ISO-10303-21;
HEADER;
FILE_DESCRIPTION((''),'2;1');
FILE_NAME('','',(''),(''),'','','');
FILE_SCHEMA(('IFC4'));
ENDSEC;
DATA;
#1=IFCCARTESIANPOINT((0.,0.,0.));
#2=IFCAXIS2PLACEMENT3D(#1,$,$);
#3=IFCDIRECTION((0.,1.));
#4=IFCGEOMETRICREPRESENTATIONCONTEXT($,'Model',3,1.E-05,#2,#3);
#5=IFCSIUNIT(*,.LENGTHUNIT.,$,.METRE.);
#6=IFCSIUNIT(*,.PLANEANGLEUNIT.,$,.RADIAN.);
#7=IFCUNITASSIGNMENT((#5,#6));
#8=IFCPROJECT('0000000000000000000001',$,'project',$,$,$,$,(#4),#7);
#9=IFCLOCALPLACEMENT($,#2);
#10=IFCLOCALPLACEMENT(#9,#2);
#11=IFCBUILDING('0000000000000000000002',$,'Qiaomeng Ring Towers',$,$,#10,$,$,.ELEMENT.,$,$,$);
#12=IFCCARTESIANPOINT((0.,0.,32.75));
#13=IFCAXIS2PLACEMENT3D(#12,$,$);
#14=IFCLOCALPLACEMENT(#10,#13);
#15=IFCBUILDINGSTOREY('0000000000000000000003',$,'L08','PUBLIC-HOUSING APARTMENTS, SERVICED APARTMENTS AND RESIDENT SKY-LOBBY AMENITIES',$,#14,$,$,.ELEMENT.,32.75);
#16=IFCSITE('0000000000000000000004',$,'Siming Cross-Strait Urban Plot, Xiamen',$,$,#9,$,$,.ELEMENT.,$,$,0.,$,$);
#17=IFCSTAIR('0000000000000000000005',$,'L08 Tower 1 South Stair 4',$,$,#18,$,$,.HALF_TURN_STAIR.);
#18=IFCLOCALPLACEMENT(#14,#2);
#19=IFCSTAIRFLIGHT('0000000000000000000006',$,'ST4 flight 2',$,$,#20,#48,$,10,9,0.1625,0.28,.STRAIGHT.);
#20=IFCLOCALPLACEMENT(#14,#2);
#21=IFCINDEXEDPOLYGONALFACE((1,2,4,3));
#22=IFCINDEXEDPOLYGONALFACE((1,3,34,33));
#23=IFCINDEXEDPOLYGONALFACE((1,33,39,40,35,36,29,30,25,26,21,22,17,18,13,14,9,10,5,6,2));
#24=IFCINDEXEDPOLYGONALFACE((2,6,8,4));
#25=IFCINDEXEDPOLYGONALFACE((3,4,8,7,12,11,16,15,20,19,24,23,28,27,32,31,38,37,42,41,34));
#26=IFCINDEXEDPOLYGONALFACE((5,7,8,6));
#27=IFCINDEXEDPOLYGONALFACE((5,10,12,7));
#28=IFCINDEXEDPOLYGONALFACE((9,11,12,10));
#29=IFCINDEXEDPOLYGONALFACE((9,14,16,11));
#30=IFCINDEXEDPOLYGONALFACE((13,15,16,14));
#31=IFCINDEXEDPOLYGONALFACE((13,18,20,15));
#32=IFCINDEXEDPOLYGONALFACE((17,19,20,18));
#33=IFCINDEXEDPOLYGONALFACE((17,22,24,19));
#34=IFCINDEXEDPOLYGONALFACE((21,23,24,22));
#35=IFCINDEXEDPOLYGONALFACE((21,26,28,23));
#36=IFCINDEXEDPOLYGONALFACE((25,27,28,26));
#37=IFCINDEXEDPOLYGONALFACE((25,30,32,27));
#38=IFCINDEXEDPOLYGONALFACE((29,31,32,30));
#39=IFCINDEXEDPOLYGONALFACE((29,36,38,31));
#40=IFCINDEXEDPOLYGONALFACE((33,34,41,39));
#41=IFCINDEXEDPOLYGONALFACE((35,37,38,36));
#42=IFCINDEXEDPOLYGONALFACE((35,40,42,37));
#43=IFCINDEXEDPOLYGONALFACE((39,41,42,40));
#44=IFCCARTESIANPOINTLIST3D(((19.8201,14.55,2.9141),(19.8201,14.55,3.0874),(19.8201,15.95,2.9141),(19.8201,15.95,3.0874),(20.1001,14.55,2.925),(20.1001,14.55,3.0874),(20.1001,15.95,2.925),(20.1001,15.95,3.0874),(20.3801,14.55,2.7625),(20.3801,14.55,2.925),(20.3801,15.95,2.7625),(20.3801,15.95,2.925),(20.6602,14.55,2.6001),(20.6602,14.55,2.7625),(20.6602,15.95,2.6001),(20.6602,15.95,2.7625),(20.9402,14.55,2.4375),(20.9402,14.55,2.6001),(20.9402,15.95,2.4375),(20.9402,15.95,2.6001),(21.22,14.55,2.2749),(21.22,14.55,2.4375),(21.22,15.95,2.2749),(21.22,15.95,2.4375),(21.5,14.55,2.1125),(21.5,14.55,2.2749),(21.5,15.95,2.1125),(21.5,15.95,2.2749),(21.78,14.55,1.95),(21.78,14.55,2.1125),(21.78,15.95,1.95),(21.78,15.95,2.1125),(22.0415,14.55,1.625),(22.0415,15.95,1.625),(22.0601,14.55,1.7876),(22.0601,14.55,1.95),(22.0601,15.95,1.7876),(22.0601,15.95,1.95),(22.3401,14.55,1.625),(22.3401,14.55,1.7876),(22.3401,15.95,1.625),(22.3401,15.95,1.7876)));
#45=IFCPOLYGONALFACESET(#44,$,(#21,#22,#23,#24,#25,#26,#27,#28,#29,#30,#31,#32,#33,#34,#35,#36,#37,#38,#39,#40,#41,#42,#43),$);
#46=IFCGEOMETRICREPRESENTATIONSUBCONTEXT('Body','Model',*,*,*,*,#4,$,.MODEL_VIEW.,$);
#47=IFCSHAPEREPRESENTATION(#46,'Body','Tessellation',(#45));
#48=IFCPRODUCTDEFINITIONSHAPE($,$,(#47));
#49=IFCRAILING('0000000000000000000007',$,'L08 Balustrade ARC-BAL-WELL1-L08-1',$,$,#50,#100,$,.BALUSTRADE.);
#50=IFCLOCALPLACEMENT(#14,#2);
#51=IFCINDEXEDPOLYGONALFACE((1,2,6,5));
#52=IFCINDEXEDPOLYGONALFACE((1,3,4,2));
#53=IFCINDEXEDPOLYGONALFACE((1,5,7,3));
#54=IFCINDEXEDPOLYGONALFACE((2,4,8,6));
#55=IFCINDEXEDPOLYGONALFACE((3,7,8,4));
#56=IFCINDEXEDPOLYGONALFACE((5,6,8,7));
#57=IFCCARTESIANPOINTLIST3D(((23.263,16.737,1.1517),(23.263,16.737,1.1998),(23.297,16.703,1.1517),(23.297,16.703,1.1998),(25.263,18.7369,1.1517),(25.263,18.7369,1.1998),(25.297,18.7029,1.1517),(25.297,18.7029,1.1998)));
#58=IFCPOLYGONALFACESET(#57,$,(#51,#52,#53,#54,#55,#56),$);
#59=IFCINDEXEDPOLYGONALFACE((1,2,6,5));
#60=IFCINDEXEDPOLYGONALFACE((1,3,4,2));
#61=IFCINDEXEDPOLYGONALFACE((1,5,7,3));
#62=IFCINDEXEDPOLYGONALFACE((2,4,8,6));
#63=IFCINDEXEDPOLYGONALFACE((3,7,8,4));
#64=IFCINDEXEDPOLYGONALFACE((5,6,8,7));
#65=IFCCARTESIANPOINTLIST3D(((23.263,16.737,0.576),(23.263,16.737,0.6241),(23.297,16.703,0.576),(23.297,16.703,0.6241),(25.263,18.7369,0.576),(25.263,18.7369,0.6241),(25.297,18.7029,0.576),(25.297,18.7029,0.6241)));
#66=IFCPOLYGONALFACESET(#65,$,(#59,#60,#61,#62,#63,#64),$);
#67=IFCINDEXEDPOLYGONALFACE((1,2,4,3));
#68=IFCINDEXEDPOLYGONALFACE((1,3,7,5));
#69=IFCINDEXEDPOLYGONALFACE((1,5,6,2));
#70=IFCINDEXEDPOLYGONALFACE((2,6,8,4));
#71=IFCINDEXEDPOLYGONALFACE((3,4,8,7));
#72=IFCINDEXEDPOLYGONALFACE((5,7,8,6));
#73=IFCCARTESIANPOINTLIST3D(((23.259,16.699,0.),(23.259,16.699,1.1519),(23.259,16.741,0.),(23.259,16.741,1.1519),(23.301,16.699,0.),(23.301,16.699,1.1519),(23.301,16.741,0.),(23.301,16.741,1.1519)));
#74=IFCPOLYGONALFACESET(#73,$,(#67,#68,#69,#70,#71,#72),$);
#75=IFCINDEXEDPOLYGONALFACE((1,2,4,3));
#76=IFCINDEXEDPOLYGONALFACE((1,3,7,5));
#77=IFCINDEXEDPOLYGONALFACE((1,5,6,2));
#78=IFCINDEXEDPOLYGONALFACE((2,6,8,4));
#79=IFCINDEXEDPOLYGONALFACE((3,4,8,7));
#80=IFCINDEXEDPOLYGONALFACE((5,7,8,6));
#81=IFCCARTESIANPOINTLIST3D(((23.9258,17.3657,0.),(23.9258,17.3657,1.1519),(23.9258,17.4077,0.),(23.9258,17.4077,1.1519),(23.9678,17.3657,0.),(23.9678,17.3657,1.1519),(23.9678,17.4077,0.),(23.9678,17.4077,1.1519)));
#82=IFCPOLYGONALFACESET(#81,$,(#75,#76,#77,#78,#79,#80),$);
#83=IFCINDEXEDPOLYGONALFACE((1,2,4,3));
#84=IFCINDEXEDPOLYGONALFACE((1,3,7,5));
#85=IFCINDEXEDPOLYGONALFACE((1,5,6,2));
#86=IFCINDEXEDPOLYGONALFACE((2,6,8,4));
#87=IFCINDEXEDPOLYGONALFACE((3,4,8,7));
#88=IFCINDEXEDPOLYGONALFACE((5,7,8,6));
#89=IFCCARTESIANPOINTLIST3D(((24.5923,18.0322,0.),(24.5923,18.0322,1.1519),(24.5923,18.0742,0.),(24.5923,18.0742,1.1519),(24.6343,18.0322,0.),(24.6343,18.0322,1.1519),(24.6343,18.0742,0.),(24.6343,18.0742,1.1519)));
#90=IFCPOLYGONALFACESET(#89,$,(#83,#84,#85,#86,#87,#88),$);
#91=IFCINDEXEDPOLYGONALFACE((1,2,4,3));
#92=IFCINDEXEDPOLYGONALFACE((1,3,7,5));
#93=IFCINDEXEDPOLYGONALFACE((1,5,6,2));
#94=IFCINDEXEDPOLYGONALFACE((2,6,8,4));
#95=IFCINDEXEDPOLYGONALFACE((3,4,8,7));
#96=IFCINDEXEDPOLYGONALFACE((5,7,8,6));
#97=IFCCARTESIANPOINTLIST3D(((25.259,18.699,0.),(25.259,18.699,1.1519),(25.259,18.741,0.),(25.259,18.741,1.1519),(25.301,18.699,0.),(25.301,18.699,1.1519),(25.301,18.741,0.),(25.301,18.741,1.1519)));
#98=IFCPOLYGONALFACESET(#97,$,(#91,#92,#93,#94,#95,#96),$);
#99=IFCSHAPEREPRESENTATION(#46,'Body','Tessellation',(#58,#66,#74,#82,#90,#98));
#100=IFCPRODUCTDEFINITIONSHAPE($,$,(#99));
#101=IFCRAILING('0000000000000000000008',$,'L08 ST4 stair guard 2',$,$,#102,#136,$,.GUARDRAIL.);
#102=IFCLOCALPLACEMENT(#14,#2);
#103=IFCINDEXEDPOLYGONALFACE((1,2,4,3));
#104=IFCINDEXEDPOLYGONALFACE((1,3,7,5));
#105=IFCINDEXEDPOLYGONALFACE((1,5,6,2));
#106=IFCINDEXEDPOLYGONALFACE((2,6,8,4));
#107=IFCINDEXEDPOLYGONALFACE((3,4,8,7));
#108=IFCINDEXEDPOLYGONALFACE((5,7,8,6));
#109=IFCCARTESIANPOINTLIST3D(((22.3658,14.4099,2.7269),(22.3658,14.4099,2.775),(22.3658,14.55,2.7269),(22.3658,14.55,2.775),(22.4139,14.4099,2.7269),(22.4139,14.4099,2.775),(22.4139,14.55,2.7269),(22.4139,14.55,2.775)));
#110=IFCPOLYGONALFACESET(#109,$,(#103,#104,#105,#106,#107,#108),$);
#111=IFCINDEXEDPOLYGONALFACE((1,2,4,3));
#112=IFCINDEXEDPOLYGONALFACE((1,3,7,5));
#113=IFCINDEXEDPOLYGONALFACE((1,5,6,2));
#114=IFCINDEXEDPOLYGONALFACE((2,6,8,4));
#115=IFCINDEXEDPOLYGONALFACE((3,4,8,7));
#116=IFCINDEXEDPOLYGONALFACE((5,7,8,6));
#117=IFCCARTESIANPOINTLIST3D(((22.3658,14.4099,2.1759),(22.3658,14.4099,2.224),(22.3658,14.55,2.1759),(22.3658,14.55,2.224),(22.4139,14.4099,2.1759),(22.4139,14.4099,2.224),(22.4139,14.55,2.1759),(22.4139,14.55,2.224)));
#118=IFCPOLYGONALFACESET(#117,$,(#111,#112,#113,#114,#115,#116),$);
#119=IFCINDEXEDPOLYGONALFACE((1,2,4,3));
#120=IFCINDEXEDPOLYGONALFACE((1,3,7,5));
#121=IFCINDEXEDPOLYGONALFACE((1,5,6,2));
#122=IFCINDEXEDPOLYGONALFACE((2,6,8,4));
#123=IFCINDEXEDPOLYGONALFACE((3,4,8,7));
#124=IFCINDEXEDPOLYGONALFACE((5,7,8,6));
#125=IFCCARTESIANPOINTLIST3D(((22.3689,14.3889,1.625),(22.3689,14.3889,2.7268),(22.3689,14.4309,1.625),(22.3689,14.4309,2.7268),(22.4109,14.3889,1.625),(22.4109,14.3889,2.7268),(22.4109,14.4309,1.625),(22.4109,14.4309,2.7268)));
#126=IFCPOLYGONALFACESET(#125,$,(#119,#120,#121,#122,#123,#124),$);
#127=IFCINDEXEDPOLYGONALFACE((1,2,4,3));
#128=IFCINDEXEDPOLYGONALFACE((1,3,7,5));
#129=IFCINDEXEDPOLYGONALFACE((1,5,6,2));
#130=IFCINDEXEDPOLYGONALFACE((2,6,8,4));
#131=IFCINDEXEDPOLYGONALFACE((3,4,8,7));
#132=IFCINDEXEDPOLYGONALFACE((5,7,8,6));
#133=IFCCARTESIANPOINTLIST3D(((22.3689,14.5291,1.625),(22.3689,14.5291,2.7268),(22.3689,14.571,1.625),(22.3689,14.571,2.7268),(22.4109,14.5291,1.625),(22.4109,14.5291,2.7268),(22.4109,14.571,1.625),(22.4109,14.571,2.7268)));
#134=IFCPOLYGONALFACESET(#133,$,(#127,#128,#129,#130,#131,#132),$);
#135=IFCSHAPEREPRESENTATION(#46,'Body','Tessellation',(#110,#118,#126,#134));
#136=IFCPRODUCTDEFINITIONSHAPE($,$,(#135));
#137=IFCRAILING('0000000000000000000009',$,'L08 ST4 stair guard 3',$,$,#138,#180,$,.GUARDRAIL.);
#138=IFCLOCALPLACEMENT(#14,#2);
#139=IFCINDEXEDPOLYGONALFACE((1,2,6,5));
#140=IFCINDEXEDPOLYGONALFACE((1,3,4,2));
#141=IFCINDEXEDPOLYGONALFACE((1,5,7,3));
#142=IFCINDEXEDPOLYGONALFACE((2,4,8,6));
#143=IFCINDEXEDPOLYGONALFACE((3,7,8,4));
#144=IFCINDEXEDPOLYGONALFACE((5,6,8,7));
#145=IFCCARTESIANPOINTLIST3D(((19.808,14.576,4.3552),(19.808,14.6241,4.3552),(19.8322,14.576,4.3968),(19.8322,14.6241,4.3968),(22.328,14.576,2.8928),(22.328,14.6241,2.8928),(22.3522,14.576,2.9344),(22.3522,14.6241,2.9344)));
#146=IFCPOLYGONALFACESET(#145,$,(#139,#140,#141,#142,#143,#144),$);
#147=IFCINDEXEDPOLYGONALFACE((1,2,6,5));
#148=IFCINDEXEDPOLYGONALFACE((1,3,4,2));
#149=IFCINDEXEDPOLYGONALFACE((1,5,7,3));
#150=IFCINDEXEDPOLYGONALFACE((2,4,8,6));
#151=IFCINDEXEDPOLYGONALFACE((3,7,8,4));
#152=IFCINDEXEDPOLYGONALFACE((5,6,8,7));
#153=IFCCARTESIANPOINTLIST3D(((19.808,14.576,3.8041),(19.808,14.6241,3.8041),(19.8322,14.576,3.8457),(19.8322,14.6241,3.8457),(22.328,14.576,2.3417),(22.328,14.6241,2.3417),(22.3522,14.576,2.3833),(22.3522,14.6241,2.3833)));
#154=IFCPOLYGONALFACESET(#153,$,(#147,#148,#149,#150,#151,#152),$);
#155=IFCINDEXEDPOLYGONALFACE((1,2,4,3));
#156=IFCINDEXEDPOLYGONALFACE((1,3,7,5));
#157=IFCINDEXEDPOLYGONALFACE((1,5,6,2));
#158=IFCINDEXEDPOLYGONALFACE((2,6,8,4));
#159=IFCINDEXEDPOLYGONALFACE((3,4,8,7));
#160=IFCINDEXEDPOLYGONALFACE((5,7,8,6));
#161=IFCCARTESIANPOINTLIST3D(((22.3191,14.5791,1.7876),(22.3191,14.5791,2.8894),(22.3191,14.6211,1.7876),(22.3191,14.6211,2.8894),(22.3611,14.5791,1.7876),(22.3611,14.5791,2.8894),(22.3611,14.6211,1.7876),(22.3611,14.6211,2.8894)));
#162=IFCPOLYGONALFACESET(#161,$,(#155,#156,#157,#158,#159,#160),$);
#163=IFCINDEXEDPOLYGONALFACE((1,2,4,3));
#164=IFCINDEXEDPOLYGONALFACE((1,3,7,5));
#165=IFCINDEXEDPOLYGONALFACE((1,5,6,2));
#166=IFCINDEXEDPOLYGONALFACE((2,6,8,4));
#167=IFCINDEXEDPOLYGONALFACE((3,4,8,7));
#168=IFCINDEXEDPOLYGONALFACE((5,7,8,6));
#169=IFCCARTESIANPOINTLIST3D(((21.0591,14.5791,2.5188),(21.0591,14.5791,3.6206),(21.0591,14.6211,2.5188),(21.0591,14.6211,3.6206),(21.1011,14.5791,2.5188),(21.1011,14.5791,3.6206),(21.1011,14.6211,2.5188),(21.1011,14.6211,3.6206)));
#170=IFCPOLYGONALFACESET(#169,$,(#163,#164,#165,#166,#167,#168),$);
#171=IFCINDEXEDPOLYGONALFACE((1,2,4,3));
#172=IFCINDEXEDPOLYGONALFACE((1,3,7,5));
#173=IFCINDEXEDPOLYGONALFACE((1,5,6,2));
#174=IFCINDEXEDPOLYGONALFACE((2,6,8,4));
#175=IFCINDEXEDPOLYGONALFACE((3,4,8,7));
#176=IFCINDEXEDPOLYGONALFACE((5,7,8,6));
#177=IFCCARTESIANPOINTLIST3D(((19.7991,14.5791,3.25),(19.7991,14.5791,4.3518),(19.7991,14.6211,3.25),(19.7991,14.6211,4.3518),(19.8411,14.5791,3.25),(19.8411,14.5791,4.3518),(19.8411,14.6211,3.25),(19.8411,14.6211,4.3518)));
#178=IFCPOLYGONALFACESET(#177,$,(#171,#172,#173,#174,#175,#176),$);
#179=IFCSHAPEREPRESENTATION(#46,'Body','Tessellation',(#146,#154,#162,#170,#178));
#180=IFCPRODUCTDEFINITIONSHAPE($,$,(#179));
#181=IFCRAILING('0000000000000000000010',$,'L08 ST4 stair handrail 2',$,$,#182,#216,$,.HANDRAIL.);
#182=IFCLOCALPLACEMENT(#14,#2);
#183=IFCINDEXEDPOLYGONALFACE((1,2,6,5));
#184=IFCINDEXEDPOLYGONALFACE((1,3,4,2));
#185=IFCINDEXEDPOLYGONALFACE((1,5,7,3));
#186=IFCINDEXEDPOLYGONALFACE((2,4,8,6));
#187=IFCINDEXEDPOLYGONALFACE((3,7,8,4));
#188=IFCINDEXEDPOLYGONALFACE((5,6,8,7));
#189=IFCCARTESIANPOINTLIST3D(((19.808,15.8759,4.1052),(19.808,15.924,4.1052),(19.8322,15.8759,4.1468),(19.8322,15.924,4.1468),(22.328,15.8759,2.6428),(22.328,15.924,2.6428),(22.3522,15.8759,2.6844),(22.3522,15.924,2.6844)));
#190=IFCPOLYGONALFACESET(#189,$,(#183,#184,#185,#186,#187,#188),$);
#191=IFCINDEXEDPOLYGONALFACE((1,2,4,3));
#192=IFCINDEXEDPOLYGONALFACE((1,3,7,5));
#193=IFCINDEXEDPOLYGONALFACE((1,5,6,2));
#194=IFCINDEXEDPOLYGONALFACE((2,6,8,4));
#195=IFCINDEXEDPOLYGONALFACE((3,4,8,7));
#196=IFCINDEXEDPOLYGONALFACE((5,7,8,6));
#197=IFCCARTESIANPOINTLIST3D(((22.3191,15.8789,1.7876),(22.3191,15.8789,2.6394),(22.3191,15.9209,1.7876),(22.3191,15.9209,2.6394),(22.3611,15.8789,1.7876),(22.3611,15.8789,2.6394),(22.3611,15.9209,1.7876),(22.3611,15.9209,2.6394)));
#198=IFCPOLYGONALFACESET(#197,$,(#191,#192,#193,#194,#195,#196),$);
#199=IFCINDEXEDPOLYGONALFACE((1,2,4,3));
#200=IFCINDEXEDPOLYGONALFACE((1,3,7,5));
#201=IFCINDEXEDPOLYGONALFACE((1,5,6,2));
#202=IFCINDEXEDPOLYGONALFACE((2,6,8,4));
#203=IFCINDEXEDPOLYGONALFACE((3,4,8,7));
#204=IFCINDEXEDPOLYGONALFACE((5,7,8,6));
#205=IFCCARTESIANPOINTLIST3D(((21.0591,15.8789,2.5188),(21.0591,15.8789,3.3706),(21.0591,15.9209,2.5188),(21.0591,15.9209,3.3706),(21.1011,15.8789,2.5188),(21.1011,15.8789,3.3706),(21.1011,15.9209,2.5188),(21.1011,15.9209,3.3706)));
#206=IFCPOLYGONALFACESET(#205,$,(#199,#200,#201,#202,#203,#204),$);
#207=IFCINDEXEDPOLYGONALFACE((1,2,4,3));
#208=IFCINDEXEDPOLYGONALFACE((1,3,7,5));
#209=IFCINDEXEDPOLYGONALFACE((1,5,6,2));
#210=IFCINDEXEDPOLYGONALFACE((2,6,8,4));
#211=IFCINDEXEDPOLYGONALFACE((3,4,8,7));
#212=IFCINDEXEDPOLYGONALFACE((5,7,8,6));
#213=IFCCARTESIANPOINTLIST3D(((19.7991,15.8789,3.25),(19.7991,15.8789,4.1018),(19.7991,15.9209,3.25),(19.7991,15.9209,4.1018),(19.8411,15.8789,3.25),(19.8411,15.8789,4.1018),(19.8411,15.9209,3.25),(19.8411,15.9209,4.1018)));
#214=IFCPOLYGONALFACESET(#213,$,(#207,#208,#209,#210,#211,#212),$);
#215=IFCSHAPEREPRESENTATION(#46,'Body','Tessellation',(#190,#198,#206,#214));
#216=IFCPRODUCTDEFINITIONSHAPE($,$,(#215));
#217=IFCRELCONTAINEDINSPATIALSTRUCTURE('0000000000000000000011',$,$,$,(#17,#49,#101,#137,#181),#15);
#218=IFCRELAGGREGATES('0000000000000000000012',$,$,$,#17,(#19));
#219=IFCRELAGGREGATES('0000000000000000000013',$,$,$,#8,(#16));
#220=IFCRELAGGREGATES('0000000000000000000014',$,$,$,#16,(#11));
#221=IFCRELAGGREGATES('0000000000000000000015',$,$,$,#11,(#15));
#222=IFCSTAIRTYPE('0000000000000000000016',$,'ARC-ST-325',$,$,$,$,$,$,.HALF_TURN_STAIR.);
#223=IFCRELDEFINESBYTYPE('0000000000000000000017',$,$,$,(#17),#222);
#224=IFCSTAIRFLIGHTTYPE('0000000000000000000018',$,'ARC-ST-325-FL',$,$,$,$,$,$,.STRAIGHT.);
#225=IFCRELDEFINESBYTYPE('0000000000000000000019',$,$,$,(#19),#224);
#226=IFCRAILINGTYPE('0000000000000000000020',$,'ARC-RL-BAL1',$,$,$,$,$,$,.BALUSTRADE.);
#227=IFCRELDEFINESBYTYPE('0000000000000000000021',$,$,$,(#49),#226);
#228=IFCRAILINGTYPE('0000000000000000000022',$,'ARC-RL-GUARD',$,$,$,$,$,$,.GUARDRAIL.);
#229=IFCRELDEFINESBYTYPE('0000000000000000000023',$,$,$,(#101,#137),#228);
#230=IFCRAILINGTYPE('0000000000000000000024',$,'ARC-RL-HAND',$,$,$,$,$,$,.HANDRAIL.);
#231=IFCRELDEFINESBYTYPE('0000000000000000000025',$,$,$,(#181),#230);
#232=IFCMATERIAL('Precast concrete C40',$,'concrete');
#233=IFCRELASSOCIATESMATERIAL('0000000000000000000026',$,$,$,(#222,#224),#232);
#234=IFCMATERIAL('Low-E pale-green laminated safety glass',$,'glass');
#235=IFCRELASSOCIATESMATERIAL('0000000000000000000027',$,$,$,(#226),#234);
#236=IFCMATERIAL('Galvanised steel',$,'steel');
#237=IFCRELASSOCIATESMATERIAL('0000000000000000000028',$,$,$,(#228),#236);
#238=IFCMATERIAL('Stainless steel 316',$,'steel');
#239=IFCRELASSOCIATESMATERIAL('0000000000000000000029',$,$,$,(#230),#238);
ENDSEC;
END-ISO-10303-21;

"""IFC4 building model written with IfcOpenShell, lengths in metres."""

from ifc_helpers import new_model, si_unit, direction, frame, origin, origin_2d, place, context, subcontext, project, spatial, polyline, rectangle, outline, extrude, source, transform, mapped, material, type_object, element, aggregate, save


model = new_model("IFC4")

# Units and contexts
model_context = context("Model", 3, precision=1e-05, world=origin(), true_north=direction((0.0, 1.0)))
body_context = subcontext(model_context, "Body", "Model", "MODEL_VIEW")
ifc_project = project(units=[si_unit("LENGTHUNIT", "METRE"), si_unit("PLANEANGLEUNIT", "RADIAN")], contexts=[model_context])

# Site, building, storey
site_placement = place(None, origin())
site = spatial("IfcSite", under=ifc_project, at=site_placement, Name="Siming Cross-Strait Urban Plot, Xiamen", CompositionType="ELEMENT", RefElevation=0.0)
building_placement = place(site_placement, origin())
building = spatial("IfcBuilding", under=site, at=building_placement, Name="Qiaomeng Ring Towers", CompositionType="ELEMENT")
storey_placement = place(building_placement, frame((0.0, 0.0, 32.75)))
storey = spatial("IfcBuildingStorey", under=building, at=storey_placement, Name="L08", Description="PUBLIC-HOUSING APARTMENTS, SERVICED APARTMENTS AND RESIDENT SKY-LOBBY AMENITIES", CompositionType="ELEMENT", Elevation=32.75)

# Shared definitions
ifc_material_1 = material(Name="Galvanised steel", Category="steel")

# Shared definitions
ifc_material_2 = material(Name="Stainless steel 316", Category="steel")

# Stair, stair flight
ifc_material_3 = material(Name="Precast concrete C40", Category="concrete")
stair_type = type_object("IfcStairType", Name="ARC-ST-325", PredefinedType="HALF_TURN_STAIR", material=ifc_material_3)
stair_placement = place(storey_placement, origin())
stair = element("IfcStair", 1, at=stair_placement, inside=storey, type_object=stair_type, Name="L08 Tower 1 South Stair 4", PredefinedType="HALF_TURN_STAIR")
stair_flight_type = type_object("IfcStairFlightType", Name="ARC-ST-325-FL", PredefinedType="STRAIGHT", material=ifc_material_3)
shared_shape_1 = source(origin(), body_context, "Body", "SweptSolid", [
    extrude(outline(polyline([(0.0, 0.0), (0.0, 0.1626), (0.28, 0.1626), (0.28, 0.325), (0.5601, 0.325), (0.5601, 0.4875), (0.8401, 0.4875), (0.8401, 0.6499), (1.1201, 0.6499), (1.1201, 0.8125), (1.3999, 0.8125), (1.3999, 0.9751), (1.6799, 0.9751), (1.6799, 1.1375), (1.96, 1.1375), (1.96, 1.3), (2.24, 1.3), (2.24, 1.4624), (2.52, 1.4624), (2.52, 1.625), (2.52, 1.2891), (0.2986, 0.0), (0.0, 0.0)])), frame((0.0, 0.7, 0.0), z_axis=(0.0, -1.0, 0.0), x_axis=(1.0, 0.0, 0.0)), (0.0, 0.0, 1.0), 1.3999),
])
stair_flight_placement = place(storey_placement, frame((22.3401, 15.25, 1.625), z_axis=(0.0, 0.0, 1.0), x_axis=(-1.0, 0.0, 0.0)))
stair_flight = element("IfcStairFlight", 2, at=stair_flight_placement, type_object=stair_flight_type, Name="ST4 flight 2", NumberOfRisers=10, NumberOfTreads=9, PredefinedType="STRAIGHT", RiserHeight=0.1625, TreadLength=0.28, context=body_context, shape_type="MappedRepresentation", body=[
    mapped(shared_shape_1, transform((0.0, 0.0, 0.0), x_axis=(1.0, 0.0, 0.0), y_axis=(0.0, 1.0, 0.0), z_axis=(0.0, 0.0, 1.0), scale=1.0)),
])
aggregate(stair, [stair_flight])

# Railings
ifc_material_4 = material(Name="Low-E pale-green laminated safety glass", Category="glass")
railing_type_1 = type_object("IfcRailingType", Name="ARC-RL-BAL1", PredefinedType="BALUSTRADE", material=ifc_material_4)
railing_1_placement = place(storey_placement, frame((23.28, 16.72, 0.0)))
element("IfcRailing", 3, at=railing_1_placement, inside=storey, type_object=railing_type_1, Name="L08 Balustrade ARC-BAL-WELL1-L08-1", PredefinedType="BALUSTRADE", context=body_context, shape_type="SweptSolid", body=[
    extrude(rectangle(XDim=0.0481, YDim=0.0481, at=origin_2d()), frame((0.0, 0.0, 1.1758), z_axis=(0.707107, 0.707107, 0.0), x_axis=(-0.707107, 0.707107, 0.0)), (0.0, 0.0, 1.0), 2.8284),
    extrude(rectangle(XDim=0.0481, YDim=0.0481, at=origin_2d()), frame((0.0, 0.0, 0.6001), z_axis=(0.707107, 0.707107, 0.0), x_axis=(-0.707107, 0.707107, 0.0)), (0.0, 0.0, 1.0), 2.8284),
    extrude(rectangle(XDim=0.042, YDim=0.042, at=origin_2d()), origin(), (0.0, 0.0, 1.0), 1.1519),
    extrude(rectangle(XDim=0.042, YDim=0.042, at=origin_2d()), frame((0.6667, 0.6667, 0.0)), (0.0, 0.0, 1.0), 1.1519),
    extrude(rectangle(XDim=0.042, YDim=0.042, at=origin_2d()), frame((1.3333, 1.3333, 0.0)), (0.0, 0.0, 1.0), 1.1519),
    extrude(rectangle(XDim=0.042, YDim=0.042, at=origin_2d()), frame((2.0, 2.0, 0.0)), (0.0, 0.0, 1.0), 1.1519),
])
railing_type_2 = type_object("IfcRailingType", Name="ARC-RL-GUARD", PredefinedType="GUARDRAIL", material=ifc_material_1)
railing_2_placement = place(storey_placement, frame((22.3899, 14.4099, 1.625)))
element("IfcRailing", 4, at=railing_2_placement, inside=storey, type_object=railing_type_2, Name="L08 ST4 stair guard 2", PredefinedType="GUARDRAIL", context=body_context, shape_type="SweptSolid", body=[
    extrude(rectangle(XDim=0.0481, YDim=0.0481, at=origin_2d()), frame((0.0, 0.0, 1.126), z_axis=(0.0, 1.0, 0.0), x_axis=(-1.0, 0.0, 0.0)), (0.0, 0.0, 1.0), 0.1401),
    extrude(rectangle(XDim=0.0481, YDim=0.0481, at=origin_2d()), frame((0.0, 0.0, 0.575), z_axis=(0.0, 1.0, 0.0), x_axis=(-1.0, 0.0, 0.0)), (0.0, 0.0, 1.0), 0.1401),
    extrude(rectangle(XDim=0.042, YDim=0.042, at=origin_2d()), origin(), (0.0, 0.0, 1.0), 1.1018),
    extrude(rectangle(XDim=0.042, YDim=0.042, at=origin_2d()), frame((0.0, 0.1401, 0.0)), (0.0, 0.0, 1.0), 1.1018),
])
railing_3_placement = place(storey_placement, frame((22.3401, 14.6001, 1.7876)))
element("IfcRailing", 5, at=railing_3_placement, inside=storey, type_object=railing_type_2, Name="L08 ST4 stair guard 3", PredefinedType="GUARDRAIL", context=body_context, shape_type="SweptSolid", body=[
    extrude(rectangle(XDim=0.0481, YDim=0.0481, at=origin_2d()), frame((0.0, 0.0, 1.126), z_axis=(-0.864913, 0.0, 0.501921), x_axis=(0.0, -1.0, 0.0)), (0.0, 0.0, 1.0), 2.9136),
    extrude(rectangle(XDim=0.0481, YDim=0.0481, at=origin_2d()), frame((0.0, 0.0, 0.575), z_axis=(-0.864913, 0.0, 0.501921), x_axis=(0.0, -1.0, 0.0)), (0.0, 0.0, 1.0), 2.9136),
    extrude(rectangle(XDim=0.042, YDim=0.042, at=origin_2d()), origin(), (0.0, 0.0, 1.0), 1.1018),
    extrude(rectangle(XDim=0.042, YDim=0.042, at=origin_2d()), frame((-1.26, 0.0, 0.7312)), (0.0, 0.0, 1.0), 1.1018),
    extrude(rectangle(XDim=0.042, YDim=0.042, at=origin_2d()), frame((-2.52, 0.0, 1.4624)), (0.0, 0.0, 1.0), 1.1018),
])
railing_type_3 = type_object("IfcRailingType", Name="ARC-RL-HAND", PredefinedType="HANDRAIL", material=ifc_material_2)
railing_4_placement = place(storey_placement, frame((22.3401, 15.8999, 1.7876)))
element("IfcRailing", 6, at=railing_4_placement, inside=storey, type_object=railing_type_3, Name="L08 ST4 stair handrail 2", PredefinedType="HANDRAIL", context=body_context, shape_type="SweptSolid", body=[
    extrude(rectangle(XDim=0.0481, YDim=0.0481, at=origin_2d()), frame((0.0, 0.0, 0.876), z_axis=(-0.864913, 0.0, 0.501921), x_axis=(0.0, -1.0, 0.0)), (0.0, 0.0, 1.0), 2.9136),
    extrude(rectangle(XDim=0.042, YDim=0.042, at=origin_2d()), origin(), (0.0, 0.0, 1.0), 0.8518),
    extrude(rectangle(XDim=0.042, YDim=0.042, at=origin_2d()), frame((-1.26, 0.0, 0.7312)), (0.0, 0.0, 1.0), 0.8518),
    extrude(rectangle(XDim=0.042, YDim=0.042, at=origin_2d()), frame((-2.52, 0.0, 1.4624)), (0.0, 0.0, 1.0), 0.8518),
])

save(model, "model.ifc")
